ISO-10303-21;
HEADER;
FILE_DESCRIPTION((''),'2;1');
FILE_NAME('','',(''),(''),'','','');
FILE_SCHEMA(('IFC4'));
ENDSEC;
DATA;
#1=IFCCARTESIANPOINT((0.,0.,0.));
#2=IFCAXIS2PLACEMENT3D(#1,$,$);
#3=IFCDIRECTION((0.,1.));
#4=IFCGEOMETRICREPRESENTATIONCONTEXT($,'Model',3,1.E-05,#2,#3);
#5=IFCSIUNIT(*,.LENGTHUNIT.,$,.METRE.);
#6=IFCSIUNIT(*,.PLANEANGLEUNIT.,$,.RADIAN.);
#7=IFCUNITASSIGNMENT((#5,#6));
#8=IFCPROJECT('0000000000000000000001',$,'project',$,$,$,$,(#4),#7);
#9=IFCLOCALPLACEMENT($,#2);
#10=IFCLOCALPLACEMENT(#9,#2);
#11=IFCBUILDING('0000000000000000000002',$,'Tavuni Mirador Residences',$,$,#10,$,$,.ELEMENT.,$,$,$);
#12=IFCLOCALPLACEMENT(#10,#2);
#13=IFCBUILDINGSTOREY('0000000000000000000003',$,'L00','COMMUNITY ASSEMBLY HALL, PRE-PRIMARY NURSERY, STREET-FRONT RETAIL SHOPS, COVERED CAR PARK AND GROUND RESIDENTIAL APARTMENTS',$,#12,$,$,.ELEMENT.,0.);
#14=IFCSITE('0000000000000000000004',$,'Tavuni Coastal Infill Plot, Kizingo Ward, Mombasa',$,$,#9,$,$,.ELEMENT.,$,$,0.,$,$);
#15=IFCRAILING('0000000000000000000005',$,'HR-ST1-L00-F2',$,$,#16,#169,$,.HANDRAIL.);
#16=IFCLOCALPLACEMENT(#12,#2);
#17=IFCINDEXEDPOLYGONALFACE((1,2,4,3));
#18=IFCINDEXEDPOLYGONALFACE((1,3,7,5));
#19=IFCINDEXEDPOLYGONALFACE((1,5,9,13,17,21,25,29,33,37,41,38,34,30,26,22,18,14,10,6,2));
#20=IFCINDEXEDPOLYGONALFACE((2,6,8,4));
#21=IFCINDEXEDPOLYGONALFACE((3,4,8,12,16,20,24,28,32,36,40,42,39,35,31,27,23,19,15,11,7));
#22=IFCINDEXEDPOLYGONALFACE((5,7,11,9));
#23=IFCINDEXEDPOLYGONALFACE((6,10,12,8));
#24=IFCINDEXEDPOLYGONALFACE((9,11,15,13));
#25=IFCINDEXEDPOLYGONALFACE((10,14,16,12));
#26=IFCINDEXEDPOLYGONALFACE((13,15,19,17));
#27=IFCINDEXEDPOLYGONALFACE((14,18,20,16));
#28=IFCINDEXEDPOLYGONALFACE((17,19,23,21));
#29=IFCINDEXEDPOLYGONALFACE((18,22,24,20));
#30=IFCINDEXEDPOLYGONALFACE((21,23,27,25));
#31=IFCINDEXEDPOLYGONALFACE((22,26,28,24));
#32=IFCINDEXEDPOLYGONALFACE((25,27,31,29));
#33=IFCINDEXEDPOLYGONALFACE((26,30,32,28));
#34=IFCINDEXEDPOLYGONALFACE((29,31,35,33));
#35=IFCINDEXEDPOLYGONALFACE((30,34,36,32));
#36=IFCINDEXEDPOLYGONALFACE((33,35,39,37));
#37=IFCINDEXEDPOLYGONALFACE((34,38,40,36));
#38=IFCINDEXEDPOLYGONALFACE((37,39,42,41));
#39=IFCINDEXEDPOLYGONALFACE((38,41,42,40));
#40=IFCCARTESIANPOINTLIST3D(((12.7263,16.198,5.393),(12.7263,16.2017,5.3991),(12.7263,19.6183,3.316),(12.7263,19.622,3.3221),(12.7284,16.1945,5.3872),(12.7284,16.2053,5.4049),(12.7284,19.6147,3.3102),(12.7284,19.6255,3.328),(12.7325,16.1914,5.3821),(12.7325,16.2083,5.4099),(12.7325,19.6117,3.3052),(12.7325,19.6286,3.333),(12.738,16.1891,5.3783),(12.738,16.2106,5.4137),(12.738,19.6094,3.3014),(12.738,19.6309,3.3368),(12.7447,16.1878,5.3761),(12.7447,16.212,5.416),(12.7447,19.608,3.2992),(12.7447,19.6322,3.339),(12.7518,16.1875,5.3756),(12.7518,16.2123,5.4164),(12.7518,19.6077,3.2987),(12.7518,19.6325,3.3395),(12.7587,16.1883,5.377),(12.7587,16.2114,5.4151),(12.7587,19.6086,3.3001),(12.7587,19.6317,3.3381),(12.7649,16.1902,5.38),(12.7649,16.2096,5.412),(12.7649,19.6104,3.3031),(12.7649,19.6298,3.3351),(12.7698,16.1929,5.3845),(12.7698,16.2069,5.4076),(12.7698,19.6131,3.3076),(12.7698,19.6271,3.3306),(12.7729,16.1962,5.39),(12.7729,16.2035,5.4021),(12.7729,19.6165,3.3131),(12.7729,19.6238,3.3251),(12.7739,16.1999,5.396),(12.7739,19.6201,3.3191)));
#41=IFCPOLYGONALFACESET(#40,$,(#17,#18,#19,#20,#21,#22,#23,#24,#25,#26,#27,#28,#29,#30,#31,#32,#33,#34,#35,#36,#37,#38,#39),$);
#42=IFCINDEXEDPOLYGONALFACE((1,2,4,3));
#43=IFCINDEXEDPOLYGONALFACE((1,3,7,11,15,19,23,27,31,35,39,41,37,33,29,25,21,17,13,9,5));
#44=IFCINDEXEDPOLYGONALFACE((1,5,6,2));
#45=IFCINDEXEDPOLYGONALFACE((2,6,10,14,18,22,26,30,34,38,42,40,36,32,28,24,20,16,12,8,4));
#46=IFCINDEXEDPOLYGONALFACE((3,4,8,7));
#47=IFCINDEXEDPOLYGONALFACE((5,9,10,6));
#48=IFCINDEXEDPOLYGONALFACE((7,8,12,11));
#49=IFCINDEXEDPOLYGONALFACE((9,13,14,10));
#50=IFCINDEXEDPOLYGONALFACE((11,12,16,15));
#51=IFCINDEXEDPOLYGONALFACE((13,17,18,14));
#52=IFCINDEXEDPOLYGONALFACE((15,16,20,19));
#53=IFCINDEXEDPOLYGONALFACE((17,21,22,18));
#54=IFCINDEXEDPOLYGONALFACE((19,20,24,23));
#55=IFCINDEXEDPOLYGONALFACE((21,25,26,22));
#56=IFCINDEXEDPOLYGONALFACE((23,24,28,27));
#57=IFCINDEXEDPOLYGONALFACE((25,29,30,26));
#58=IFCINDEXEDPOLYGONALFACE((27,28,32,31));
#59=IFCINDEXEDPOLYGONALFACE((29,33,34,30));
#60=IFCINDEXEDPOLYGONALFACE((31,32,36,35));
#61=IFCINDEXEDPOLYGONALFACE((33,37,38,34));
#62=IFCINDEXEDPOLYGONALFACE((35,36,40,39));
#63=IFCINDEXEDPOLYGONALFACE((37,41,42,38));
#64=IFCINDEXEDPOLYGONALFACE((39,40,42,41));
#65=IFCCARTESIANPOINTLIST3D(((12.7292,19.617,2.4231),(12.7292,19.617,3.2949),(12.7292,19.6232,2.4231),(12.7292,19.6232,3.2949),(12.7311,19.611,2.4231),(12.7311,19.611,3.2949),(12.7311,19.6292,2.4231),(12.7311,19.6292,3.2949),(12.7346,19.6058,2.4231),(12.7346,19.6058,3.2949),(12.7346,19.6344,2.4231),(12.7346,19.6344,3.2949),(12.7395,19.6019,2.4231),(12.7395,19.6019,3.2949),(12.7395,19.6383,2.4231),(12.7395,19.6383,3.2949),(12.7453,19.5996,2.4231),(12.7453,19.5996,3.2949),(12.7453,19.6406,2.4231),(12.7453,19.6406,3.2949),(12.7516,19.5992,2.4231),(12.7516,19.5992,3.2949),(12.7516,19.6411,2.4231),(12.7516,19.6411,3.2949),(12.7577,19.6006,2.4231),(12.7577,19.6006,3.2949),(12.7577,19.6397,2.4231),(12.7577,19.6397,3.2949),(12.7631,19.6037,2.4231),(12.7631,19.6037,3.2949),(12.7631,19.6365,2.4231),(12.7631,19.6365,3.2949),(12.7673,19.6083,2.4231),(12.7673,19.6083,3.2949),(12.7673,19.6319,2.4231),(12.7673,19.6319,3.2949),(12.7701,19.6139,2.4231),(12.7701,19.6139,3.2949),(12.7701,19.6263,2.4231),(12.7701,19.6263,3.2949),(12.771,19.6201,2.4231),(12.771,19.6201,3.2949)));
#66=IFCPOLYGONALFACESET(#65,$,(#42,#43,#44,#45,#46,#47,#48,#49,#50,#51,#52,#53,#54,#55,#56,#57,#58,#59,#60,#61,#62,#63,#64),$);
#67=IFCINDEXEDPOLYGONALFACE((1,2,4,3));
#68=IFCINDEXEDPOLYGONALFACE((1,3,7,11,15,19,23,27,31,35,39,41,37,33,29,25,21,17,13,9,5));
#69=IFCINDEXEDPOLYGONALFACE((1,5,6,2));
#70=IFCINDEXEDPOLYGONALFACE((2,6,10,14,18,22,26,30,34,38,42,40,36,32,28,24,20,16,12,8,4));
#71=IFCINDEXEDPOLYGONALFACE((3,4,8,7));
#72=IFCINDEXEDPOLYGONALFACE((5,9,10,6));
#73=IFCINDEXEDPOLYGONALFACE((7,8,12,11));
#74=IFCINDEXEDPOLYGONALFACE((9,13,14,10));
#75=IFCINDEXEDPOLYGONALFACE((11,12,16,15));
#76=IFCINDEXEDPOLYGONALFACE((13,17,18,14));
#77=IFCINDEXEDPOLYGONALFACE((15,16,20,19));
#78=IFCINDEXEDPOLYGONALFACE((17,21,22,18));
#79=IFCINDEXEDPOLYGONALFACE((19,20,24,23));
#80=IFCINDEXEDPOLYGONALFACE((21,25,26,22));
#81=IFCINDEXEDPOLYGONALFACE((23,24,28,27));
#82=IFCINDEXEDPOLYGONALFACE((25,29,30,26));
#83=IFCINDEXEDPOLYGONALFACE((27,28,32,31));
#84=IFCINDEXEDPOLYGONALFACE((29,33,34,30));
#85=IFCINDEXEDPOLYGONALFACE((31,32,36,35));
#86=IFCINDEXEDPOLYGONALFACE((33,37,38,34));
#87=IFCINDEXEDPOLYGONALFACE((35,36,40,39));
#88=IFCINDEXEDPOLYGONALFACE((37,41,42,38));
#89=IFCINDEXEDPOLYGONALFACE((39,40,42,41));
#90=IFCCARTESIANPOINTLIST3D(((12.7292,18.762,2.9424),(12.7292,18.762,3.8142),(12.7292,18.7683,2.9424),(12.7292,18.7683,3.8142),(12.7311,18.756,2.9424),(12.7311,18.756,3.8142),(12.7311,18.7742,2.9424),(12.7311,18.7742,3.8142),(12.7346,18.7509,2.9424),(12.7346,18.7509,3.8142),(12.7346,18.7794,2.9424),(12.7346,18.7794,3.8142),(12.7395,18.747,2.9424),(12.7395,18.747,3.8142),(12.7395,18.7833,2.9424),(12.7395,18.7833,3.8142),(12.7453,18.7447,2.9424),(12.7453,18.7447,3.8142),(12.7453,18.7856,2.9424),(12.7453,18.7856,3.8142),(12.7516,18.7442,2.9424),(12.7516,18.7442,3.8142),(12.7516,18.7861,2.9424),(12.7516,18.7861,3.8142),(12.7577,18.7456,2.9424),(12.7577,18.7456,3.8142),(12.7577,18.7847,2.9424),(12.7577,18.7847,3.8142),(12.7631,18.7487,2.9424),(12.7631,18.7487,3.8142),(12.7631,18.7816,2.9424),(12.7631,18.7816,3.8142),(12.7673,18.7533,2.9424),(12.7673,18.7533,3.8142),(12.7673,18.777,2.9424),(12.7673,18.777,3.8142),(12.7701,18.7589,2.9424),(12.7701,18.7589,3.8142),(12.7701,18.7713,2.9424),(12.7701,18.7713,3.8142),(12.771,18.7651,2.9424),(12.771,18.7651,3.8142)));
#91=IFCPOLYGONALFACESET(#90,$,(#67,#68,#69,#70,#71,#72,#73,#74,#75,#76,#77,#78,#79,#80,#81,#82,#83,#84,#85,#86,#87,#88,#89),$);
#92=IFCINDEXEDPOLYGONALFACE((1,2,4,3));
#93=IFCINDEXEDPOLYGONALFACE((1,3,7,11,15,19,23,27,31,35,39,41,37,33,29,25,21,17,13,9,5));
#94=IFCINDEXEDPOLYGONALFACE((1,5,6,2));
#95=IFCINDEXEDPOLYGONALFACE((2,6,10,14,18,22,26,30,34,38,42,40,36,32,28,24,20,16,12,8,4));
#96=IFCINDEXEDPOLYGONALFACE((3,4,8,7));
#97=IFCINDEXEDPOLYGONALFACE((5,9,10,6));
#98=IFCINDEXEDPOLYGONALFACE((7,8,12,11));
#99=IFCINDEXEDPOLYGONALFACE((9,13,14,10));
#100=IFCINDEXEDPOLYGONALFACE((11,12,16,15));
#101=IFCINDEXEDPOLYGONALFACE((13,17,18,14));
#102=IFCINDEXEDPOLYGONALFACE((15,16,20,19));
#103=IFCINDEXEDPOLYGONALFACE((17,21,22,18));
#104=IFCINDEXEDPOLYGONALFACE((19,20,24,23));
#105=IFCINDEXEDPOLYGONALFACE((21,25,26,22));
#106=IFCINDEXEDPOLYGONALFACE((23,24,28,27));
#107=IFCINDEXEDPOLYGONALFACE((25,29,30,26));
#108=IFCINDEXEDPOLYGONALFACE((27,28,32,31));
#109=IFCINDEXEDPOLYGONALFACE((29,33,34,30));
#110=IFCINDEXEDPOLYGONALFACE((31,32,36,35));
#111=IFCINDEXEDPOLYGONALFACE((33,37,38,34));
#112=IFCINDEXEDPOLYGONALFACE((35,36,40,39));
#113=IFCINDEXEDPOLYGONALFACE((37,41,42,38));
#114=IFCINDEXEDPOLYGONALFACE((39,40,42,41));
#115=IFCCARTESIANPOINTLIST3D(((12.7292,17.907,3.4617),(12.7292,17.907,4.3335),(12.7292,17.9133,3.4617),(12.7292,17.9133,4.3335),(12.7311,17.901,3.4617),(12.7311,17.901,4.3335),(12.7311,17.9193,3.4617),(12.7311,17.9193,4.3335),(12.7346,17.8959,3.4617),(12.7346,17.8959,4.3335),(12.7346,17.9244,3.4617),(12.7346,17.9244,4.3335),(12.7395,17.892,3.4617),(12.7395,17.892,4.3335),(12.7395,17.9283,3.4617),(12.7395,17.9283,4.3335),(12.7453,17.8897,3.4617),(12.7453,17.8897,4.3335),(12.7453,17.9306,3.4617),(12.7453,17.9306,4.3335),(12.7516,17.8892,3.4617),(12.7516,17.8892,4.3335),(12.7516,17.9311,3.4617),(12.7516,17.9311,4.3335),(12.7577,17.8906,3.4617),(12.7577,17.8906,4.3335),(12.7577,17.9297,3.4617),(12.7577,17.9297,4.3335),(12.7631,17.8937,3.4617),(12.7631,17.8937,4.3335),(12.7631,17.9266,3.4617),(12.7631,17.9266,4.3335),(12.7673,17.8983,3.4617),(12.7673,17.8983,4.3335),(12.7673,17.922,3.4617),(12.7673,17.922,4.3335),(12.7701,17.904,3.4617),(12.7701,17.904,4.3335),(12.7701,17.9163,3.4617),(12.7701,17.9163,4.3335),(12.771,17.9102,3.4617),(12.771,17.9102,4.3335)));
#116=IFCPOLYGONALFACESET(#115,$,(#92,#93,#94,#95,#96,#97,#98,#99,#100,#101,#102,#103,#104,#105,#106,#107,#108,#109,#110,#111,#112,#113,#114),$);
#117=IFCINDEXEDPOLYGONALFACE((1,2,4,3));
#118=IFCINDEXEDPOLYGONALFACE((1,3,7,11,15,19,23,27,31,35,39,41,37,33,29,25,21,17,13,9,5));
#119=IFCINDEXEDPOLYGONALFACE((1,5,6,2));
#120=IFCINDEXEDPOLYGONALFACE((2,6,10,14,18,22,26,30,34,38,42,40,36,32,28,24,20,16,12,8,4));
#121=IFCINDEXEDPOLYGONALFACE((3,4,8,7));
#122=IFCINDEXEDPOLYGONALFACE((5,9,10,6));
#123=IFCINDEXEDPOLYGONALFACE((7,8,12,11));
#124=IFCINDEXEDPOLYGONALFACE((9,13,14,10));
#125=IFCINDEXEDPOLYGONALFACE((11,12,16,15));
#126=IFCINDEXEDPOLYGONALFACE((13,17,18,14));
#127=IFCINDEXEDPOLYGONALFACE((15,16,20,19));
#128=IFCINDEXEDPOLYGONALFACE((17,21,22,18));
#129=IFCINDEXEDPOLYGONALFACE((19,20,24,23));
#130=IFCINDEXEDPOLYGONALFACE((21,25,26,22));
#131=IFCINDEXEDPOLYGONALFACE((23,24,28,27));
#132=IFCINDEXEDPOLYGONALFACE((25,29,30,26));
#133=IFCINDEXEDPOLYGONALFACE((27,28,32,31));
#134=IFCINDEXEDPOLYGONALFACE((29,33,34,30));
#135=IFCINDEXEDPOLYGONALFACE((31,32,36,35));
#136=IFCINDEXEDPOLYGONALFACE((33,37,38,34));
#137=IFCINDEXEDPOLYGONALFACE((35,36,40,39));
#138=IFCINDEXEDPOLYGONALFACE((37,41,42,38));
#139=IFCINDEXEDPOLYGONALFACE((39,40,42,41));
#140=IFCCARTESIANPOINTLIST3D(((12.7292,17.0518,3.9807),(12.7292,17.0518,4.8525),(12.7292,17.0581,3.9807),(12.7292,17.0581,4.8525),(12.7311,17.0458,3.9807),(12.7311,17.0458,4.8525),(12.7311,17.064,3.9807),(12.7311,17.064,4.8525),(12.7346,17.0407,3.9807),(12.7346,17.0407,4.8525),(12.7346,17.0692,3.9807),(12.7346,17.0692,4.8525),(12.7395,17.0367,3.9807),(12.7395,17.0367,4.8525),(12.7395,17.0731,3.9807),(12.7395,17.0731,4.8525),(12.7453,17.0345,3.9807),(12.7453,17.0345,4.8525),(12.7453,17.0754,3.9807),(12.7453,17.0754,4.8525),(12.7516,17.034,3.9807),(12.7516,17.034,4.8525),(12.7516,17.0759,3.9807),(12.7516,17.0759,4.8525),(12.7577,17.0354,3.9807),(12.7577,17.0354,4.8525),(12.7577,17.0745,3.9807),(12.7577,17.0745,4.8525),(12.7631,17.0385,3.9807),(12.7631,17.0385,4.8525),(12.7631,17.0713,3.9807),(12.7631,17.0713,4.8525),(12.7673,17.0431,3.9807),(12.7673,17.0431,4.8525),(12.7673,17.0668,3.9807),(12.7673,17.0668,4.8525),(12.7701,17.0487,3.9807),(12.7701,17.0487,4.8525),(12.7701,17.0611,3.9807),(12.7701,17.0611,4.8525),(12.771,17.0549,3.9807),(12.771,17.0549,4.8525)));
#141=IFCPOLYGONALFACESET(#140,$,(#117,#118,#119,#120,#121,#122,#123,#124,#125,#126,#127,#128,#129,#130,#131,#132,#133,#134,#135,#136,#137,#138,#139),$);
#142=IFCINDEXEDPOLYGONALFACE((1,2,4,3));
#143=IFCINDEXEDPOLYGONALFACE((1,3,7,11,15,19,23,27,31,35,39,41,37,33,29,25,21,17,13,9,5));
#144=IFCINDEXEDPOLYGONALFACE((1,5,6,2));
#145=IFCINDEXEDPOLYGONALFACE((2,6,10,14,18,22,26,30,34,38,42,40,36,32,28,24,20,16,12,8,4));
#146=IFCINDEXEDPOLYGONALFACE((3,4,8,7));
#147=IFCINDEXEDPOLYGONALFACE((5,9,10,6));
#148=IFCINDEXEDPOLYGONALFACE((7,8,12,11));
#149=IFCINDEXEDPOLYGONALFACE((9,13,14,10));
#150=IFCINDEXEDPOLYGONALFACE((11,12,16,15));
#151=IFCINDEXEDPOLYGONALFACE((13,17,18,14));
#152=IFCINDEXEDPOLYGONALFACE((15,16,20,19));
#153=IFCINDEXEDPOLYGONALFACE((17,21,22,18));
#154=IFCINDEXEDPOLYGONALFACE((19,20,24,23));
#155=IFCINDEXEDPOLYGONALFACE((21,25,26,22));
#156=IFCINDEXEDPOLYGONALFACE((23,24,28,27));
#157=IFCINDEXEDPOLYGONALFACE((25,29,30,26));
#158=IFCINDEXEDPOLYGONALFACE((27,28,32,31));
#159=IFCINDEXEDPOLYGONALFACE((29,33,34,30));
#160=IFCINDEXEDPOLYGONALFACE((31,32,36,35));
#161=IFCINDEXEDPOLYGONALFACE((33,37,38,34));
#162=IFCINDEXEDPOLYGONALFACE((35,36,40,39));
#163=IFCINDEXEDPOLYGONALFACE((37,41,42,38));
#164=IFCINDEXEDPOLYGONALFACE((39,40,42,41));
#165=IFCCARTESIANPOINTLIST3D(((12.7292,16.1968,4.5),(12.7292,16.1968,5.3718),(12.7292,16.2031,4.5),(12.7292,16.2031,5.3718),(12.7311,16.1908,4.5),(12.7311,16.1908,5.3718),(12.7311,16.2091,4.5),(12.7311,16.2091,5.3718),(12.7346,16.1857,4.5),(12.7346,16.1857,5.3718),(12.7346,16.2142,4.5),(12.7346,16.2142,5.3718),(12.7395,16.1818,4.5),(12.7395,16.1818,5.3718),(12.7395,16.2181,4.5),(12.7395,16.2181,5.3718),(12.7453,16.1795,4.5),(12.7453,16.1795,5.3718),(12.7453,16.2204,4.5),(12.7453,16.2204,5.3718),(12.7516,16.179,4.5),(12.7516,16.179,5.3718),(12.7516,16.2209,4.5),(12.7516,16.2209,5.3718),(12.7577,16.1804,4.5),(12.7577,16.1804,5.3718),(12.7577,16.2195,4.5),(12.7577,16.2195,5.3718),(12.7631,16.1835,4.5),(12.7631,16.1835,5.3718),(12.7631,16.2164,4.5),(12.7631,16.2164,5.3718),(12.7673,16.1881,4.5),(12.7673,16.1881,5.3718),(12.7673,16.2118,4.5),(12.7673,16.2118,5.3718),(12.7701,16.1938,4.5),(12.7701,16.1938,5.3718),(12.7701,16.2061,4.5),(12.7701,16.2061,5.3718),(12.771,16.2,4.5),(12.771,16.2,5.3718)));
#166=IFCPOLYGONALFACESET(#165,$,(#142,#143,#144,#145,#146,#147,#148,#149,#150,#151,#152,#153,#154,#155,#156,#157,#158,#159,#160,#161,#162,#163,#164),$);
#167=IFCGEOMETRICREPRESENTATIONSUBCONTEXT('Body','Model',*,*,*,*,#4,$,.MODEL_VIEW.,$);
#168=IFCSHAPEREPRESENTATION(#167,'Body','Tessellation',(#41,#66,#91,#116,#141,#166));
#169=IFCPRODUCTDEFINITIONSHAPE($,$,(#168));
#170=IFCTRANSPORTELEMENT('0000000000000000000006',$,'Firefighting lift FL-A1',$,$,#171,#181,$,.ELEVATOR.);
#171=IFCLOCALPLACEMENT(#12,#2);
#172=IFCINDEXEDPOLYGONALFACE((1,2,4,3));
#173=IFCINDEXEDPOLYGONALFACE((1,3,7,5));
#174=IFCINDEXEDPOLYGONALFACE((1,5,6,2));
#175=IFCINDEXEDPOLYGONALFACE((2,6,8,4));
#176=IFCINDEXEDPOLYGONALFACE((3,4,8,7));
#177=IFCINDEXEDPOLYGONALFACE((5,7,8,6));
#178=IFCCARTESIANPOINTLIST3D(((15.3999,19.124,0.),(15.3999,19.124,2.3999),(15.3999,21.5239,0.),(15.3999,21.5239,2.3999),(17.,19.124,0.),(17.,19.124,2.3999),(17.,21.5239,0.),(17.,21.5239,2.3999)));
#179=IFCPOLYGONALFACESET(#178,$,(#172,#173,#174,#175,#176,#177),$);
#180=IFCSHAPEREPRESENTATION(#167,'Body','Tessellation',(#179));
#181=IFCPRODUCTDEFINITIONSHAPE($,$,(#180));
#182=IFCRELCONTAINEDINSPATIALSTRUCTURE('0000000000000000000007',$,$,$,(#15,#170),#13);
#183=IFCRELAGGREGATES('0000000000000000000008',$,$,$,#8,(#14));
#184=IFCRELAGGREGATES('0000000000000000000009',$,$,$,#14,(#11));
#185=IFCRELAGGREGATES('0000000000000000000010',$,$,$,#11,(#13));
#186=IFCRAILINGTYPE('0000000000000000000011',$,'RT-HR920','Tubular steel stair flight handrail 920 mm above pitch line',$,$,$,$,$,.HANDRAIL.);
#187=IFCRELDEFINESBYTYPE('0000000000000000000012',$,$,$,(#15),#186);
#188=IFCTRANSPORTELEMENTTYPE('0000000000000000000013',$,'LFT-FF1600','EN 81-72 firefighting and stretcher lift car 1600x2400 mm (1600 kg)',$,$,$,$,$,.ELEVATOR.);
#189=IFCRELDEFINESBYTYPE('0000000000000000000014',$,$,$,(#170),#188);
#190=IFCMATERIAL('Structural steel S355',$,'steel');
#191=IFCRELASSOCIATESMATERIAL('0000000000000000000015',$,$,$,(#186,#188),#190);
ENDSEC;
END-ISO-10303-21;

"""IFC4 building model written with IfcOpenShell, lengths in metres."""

from ifc_helpers import new_model, si_unit, direction, frame, origin, origin_2d, place, context, subcontext, project, spatial, rectangle, circle, extrude, material, type_object, element, save


model = new_model("IFC4")

# Units and contexts
model_context = context("Model", 3, precision=1e-05, world=origin(), true_north=direction((0.0, 1.0)))
body_context = subcontext(model_context, "Body", "Model", "MODEL_VIEW")
ifc_project = project(units=[si_unit("LENGTHUNIT", "METRE"), si_unit("PLANEANGLEUNIT", "RADIAN")], contexts=[model_context])

# Site, building, storey
site_placement = place(None, origin())
site = spatial("IfcSite", under=ifc_project, at=site_placement, Name="Tavuni Coastal Infill Plot, Kizingo Ward, Mombasa", CompositionType="ELEMENT", RefElevation=0.0)
building_placement = place(site_placement, origin())
building = spatial("IfcBuilding", under=site, at=building_placement, Name="Tavuni Mirador Residences", CompositionType="ELEMENT")
storey_placement = place(building_placement, origin())
storey = spatial("IfcBuildingStorey", under=building, at=storey_placement, Name="L00", Description="COMMUNITY ASSEMBLY HALL, PRE-PRIMARY NURSERY, STREET-FRONT RETAIL SHOPS, COVERED CAR PARK AND GROUND RESIDENTIAL APARTMENTS", CompositionType="ELEMENT", Elevation=0.0)

# Shared definitions
ifc_material_1 = material(Name="Structural steel S355", Category="steel")

# Railing
railing_type_1 = type_object("IfcRailingType", Name="RT-HR920", Description="Tubular steel stair flight handrail 920 mm above pitch line", PredefinedType="HANDRAIL", material=ifc_material_1)
railing_1_placement = place(storey_placement, frame((12.75, 19.6201, 2.4231)))
element("IfcRailing", 1, at=railing_1_placement, inside=storey, type_object=railing_type_1, Name="HR-ST1-L00-F2", PredefinedType="HANDRAIL", context=body_context, shape_type="SweptSolid", body=[
    extrude(circle(Radius=0.0239, at=origin_2d()), frame((0.0, 0.0, 0.896), z_axis=(0.0, -0.854746, 0.519047), x_axis=(1.0, 0.0, 0.0)), (0.0, 0.0, 1.0), 4.0015),
    extrude(circle(Radius=0.021, at=origin_2d()), origin(), (0.0, 0.0, 1.0), 0.8718),
    extrude(circle(Radius=0.021, at=origin_2d()), frame((0.0, -0.855, 0.5193)), (0.0, 0.0, 1.0), 0.8718),
    extrude(circle(Radius=0.021, at=origin_2d()), frame((0.0, -1.71, 1.0386)), (0.0, 0.0, 1.0), 0.8718),
    extrude(circle(Radius=0.021, at=origin_2d()), frame((0.0, -2.5652, 1.5576)), (0.0, 0.0, 1.0), 0.8718),
    extrude(circle(Radius=0.021, at=origin_2d()), frame((0.0, -3.4202, 2.0769)), (0.0, 0.0, 1.0), 0.8718),
])

# Transport element
transport_element_type = type_object("IfcTransportElementType", Name="LFT-FF1600", Description="EN 81-72 firefighting and stretcher lift car 1600x2400 mm (1600 kg)", PredefinedType="ELEVATOR", material=ifc_material_1)
transport_element_placement = place(storey_placement, frame((16.2, 20.324, 0.0), z_axis=(0.0, 0.0, 1.0), x_axis=(1.0, 0.0, 0.0)))
element("IfcTransportElement", 2, at=transport_element_placement, inside=storey, type_object=transport_element_type, Name="Firefighting lift FL-A1", PredefinedType="ELEVATOR", context=body_context, shape_type="SweptSolid", body=[
    extrude(rectangle(XDim=1.6001, YDim=2.3999, at=origin_2d()), origin(), (0.0, 0.0, 1.0), 2.3999),
])

save(model, "model.ifc")
